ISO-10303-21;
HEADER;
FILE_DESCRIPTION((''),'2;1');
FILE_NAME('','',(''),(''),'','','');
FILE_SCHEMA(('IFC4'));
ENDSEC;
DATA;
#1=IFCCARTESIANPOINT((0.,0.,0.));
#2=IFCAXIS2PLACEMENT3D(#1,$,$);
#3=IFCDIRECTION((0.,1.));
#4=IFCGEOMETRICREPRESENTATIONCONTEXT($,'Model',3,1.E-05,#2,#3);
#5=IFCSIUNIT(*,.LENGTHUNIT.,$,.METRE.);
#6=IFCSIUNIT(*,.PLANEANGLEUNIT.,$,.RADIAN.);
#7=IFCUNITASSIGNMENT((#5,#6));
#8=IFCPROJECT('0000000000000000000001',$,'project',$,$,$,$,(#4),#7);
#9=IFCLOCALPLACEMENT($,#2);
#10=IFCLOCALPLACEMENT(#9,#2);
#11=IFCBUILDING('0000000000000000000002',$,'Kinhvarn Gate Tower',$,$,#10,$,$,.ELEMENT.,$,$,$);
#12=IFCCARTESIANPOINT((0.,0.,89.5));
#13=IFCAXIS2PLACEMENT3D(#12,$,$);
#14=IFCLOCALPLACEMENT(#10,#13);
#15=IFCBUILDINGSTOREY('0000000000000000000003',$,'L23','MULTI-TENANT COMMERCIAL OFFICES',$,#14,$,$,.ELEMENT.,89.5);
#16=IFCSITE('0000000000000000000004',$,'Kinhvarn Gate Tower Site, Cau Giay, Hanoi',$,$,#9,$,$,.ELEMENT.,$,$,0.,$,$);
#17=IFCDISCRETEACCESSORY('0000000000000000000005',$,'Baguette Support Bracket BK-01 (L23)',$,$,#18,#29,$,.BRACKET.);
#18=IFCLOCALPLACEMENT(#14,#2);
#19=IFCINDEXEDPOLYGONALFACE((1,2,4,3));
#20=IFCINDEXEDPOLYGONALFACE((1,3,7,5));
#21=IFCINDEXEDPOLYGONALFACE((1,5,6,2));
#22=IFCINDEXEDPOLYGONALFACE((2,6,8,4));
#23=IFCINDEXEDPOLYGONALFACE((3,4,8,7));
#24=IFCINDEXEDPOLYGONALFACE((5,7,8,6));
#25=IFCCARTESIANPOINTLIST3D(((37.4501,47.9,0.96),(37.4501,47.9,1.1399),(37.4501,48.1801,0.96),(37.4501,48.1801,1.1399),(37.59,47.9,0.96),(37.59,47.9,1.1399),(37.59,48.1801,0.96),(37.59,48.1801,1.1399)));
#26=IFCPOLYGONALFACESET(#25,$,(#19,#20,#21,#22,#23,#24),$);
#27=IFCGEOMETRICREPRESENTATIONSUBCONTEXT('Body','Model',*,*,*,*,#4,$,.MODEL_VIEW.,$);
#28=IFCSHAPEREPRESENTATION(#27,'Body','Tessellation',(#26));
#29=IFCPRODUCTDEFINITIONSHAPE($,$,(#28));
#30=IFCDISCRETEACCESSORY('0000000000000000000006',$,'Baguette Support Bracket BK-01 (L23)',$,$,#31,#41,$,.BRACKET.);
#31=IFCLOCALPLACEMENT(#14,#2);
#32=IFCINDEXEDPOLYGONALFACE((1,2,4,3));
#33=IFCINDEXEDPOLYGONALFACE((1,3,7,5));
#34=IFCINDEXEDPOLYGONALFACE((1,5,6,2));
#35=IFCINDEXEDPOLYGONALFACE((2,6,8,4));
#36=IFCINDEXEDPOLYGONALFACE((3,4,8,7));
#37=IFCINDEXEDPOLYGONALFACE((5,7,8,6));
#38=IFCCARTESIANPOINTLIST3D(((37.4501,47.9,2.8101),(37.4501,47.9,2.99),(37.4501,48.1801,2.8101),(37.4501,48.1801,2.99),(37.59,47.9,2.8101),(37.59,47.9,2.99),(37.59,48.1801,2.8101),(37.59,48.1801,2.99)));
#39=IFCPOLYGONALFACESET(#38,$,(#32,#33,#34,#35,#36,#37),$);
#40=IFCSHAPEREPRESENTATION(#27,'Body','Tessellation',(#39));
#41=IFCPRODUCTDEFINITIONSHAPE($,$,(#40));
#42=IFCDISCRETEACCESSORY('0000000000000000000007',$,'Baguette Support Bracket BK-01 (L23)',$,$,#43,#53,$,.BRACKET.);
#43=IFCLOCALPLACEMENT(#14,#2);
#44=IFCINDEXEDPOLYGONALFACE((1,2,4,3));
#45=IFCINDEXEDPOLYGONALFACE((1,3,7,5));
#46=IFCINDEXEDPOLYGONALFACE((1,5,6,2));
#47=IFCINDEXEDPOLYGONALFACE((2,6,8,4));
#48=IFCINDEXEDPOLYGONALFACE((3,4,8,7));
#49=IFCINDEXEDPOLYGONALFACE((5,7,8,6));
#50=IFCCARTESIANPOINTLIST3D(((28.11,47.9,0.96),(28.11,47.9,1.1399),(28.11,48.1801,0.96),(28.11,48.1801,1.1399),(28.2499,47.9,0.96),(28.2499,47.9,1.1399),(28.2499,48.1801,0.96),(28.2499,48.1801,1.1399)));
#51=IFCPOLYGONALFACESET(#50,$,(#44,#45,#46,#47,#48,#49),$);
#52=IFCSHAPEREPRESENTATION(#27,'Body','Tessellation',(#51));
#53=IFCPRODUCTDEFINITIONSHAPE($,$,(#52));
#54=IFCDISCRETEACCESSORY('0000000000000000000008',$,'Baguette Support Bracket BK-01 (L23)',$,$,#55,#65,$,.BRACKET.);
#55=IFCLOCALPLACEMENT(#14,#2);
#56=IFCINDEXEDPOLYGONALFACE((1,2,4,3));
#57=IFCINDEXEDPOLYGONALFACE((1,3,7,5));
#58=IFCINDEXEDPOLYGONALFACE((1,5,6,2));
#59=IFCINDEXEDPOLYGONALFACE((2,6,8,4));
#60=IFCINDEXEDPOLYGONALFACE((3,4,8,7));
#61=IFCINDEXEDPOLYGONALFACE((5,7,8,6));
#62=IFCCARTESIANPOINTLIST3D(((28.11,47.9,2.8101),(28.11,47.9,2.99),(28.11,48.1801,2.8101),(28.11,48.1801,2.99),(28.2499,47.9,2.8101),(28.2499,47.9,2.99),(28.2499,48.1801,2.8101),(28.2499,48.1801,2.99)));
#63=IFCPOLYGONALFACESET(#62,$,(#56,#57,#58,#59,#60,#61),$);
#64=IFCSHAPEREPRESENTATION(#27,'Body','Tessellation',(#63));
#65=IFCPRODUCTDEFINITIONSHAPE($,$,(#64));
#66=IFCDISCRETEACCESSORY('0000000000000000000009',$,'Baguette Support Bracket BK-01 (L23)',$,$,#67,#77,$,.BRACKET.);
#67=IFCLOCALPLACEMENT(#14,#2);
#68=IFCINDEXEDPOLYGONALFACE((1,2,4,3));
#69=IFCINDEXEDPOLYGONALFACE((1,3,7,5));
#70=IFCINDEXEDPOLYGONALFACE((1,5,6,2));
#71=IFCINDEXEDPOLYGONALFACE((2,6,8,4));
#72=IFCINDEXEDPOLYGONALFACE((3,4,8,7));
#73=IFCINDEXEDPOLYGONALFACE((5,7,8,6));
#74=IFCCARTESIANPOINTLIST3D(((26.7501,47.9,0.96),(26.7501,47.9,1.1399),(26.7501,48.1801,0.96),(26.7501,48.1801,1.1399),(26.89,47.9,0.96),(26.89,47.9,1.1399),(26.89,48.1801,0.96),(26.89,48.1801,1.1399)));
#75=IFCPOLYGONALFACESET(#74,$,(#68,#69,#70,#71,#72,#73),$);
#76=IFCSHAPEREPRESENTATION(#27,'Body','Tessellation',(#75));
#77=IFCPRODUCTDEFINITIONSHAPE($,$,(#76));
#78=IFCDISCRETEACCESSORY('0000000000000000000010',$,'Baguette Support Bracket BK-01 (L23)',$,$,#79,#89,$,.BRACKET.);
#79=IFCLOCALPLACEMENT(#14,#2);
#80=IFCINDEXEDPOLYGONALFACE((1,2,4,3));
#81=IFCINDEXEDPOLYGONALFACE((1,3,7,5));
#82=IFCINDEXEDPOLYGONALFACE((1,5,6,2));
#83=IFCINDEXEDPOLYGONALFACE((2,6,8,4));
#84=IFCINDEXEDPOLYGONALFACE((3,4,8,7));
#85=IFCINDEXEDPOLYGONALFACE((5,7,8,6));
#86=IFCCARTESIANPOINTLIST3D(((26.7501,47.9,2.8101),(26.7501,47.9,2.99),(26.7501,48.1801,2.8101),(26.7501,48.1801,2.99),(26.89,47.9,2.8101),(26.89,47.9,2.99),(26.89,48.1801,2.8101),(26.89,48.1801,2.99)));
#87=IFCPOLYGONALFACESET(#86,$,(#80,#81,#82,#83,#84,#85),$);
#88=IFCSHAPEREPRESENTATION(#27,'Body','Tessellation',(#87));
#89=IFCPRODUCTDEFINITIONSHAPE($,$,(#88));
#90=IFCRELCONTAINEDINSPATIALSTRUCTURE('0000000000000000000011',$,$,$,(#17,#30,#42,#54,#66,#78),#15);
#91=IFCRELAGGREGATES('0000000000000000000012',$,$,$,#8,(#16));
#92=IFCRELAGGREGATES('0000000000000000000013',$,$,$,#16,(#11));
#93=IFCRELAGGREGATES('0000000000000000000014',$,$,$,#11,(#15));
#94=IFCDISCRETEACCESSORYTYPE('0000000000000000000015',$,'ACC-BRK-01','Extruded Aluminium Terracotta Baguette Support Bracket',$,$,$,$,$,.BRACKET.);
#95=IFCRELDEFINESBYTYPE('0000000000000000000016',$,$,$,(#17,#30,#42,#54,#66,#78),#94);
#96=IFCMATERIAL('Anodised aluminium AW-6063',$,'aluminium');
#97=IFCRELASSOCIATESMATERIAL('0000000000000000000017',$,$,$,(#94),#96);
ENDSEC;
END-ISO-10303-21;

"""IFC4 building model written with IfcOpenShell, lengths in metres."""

from ifc_helpers import new_model, si_unit, direction, frame, origin, origin_2d, place, context, subcontext, project, spatial, rectangle, extrude, material, type_object, element, save


model = new_model("IFC4")

# Units and contexts
model_context = context("Model", 3, precision=1e-05, world=origin(), true_north=direction((0.0, 1.0)))
body_context = subcontext(model_context, "Body", "Model", "MODEL_VIEW")
ifc_project = project(units=[si_unit("LENGTHUNIT", "METRE"), si_unit("PLANEANGLEUNIT", "RADIAN")], contexts=[model_context])

# Site, building, storey
site_placement = place(None, origin())
site = spatial("IfcSite", under=ifc_project, at=site_placement, Name="Kinhvarn Gate Tower Site, Cau Giay, Hanoi", CompositionType="ELEMENT", RefElevation=0.0)
building_placement = place(site_placement, origin())
building = spatial("IfcBuilding", under=site, at=building_placement, Name="Kinhvarn Gate Tower", CompositionType="ELEMENT")
storey_placement = place(building_placement, frame((0.0, 0.0, 89.5)))
storey = spatial("IfcBuildingStorey", under=building, at=storey_placement, Name="L23", Description="MULTI-TENANT COMMERCIAL OFFICES", CompositionType="ELEMENT", Elevation=89.5)

# Shared definitions
ifc_material_1 = material(Name="Anodised aluminium AW-6063", Category="aluminium")

# Discrete accessories
discrete_accessory_type = type_object("IfcDiscreteAccessoryType", Name="ACC-BRK-01", Description="Extruded Aluminium Terracotta Baguette Support Bracket", PredefinedType="BRACKET", material=ifc_material_1)
for number, where, z_axis, x_axis, name in (
    (1, (37.52, 48.04, 0.96), (0.0, 0.0, 1.0), (-1.0, 0.0, 0.0), "Baguette Support Bracket BK-01 (L23)"),
    (2, (37.52, 48.04, 2.8101), (0.0, 0.0, 1.0), (-1.0, 0.0, 0.0), "Baguette Support Bracket BK-01 (L23)"),
    (3, (28.1799, 48.04, 0.96), (0.0, 0.0, 1.0), (-1.0, 0.0, 0.0), "Baguette Support Bracket BK-01 (L23)"),
    (4, (28.1799, 48.04, 2.8101), (0.0, 0.0, 1.0), (-1.0, 0.0, 0.0), "Baguette Support Bracket BK-01 (L23)"),
    (5, (26.8201, 48.04, 0.96), (0.0, 0.0, 1.0), (-1.0, 0.0, 0.0), "Baguette Support Bracket BK-01 (L23)"),
    (6, (26.8201, 48.04, 2.8101), (0.0, 0.0, 1.0), (-1.0, 0.0, 0.0), "Baguette Support Bracket BK-01 (L23)"),
):
    element("IfcDiscreteAccessory", number, at=place(storey_placement, frame(where, z_axis=z_axis, x_axis=x_axis)), inside=storey, type_object=discrete_accessory_type, Name=name, PredefinedType="BRACKET", context=body_context, shape_type="SweptSolid", body=[
        extrude(rectangle(XDim=0.1399, YDim=0.28, at=origin_2d()), origin(), (0.0, 0.0, 1.0), 0.1799),
    ])

save(model, "model.ifc")
